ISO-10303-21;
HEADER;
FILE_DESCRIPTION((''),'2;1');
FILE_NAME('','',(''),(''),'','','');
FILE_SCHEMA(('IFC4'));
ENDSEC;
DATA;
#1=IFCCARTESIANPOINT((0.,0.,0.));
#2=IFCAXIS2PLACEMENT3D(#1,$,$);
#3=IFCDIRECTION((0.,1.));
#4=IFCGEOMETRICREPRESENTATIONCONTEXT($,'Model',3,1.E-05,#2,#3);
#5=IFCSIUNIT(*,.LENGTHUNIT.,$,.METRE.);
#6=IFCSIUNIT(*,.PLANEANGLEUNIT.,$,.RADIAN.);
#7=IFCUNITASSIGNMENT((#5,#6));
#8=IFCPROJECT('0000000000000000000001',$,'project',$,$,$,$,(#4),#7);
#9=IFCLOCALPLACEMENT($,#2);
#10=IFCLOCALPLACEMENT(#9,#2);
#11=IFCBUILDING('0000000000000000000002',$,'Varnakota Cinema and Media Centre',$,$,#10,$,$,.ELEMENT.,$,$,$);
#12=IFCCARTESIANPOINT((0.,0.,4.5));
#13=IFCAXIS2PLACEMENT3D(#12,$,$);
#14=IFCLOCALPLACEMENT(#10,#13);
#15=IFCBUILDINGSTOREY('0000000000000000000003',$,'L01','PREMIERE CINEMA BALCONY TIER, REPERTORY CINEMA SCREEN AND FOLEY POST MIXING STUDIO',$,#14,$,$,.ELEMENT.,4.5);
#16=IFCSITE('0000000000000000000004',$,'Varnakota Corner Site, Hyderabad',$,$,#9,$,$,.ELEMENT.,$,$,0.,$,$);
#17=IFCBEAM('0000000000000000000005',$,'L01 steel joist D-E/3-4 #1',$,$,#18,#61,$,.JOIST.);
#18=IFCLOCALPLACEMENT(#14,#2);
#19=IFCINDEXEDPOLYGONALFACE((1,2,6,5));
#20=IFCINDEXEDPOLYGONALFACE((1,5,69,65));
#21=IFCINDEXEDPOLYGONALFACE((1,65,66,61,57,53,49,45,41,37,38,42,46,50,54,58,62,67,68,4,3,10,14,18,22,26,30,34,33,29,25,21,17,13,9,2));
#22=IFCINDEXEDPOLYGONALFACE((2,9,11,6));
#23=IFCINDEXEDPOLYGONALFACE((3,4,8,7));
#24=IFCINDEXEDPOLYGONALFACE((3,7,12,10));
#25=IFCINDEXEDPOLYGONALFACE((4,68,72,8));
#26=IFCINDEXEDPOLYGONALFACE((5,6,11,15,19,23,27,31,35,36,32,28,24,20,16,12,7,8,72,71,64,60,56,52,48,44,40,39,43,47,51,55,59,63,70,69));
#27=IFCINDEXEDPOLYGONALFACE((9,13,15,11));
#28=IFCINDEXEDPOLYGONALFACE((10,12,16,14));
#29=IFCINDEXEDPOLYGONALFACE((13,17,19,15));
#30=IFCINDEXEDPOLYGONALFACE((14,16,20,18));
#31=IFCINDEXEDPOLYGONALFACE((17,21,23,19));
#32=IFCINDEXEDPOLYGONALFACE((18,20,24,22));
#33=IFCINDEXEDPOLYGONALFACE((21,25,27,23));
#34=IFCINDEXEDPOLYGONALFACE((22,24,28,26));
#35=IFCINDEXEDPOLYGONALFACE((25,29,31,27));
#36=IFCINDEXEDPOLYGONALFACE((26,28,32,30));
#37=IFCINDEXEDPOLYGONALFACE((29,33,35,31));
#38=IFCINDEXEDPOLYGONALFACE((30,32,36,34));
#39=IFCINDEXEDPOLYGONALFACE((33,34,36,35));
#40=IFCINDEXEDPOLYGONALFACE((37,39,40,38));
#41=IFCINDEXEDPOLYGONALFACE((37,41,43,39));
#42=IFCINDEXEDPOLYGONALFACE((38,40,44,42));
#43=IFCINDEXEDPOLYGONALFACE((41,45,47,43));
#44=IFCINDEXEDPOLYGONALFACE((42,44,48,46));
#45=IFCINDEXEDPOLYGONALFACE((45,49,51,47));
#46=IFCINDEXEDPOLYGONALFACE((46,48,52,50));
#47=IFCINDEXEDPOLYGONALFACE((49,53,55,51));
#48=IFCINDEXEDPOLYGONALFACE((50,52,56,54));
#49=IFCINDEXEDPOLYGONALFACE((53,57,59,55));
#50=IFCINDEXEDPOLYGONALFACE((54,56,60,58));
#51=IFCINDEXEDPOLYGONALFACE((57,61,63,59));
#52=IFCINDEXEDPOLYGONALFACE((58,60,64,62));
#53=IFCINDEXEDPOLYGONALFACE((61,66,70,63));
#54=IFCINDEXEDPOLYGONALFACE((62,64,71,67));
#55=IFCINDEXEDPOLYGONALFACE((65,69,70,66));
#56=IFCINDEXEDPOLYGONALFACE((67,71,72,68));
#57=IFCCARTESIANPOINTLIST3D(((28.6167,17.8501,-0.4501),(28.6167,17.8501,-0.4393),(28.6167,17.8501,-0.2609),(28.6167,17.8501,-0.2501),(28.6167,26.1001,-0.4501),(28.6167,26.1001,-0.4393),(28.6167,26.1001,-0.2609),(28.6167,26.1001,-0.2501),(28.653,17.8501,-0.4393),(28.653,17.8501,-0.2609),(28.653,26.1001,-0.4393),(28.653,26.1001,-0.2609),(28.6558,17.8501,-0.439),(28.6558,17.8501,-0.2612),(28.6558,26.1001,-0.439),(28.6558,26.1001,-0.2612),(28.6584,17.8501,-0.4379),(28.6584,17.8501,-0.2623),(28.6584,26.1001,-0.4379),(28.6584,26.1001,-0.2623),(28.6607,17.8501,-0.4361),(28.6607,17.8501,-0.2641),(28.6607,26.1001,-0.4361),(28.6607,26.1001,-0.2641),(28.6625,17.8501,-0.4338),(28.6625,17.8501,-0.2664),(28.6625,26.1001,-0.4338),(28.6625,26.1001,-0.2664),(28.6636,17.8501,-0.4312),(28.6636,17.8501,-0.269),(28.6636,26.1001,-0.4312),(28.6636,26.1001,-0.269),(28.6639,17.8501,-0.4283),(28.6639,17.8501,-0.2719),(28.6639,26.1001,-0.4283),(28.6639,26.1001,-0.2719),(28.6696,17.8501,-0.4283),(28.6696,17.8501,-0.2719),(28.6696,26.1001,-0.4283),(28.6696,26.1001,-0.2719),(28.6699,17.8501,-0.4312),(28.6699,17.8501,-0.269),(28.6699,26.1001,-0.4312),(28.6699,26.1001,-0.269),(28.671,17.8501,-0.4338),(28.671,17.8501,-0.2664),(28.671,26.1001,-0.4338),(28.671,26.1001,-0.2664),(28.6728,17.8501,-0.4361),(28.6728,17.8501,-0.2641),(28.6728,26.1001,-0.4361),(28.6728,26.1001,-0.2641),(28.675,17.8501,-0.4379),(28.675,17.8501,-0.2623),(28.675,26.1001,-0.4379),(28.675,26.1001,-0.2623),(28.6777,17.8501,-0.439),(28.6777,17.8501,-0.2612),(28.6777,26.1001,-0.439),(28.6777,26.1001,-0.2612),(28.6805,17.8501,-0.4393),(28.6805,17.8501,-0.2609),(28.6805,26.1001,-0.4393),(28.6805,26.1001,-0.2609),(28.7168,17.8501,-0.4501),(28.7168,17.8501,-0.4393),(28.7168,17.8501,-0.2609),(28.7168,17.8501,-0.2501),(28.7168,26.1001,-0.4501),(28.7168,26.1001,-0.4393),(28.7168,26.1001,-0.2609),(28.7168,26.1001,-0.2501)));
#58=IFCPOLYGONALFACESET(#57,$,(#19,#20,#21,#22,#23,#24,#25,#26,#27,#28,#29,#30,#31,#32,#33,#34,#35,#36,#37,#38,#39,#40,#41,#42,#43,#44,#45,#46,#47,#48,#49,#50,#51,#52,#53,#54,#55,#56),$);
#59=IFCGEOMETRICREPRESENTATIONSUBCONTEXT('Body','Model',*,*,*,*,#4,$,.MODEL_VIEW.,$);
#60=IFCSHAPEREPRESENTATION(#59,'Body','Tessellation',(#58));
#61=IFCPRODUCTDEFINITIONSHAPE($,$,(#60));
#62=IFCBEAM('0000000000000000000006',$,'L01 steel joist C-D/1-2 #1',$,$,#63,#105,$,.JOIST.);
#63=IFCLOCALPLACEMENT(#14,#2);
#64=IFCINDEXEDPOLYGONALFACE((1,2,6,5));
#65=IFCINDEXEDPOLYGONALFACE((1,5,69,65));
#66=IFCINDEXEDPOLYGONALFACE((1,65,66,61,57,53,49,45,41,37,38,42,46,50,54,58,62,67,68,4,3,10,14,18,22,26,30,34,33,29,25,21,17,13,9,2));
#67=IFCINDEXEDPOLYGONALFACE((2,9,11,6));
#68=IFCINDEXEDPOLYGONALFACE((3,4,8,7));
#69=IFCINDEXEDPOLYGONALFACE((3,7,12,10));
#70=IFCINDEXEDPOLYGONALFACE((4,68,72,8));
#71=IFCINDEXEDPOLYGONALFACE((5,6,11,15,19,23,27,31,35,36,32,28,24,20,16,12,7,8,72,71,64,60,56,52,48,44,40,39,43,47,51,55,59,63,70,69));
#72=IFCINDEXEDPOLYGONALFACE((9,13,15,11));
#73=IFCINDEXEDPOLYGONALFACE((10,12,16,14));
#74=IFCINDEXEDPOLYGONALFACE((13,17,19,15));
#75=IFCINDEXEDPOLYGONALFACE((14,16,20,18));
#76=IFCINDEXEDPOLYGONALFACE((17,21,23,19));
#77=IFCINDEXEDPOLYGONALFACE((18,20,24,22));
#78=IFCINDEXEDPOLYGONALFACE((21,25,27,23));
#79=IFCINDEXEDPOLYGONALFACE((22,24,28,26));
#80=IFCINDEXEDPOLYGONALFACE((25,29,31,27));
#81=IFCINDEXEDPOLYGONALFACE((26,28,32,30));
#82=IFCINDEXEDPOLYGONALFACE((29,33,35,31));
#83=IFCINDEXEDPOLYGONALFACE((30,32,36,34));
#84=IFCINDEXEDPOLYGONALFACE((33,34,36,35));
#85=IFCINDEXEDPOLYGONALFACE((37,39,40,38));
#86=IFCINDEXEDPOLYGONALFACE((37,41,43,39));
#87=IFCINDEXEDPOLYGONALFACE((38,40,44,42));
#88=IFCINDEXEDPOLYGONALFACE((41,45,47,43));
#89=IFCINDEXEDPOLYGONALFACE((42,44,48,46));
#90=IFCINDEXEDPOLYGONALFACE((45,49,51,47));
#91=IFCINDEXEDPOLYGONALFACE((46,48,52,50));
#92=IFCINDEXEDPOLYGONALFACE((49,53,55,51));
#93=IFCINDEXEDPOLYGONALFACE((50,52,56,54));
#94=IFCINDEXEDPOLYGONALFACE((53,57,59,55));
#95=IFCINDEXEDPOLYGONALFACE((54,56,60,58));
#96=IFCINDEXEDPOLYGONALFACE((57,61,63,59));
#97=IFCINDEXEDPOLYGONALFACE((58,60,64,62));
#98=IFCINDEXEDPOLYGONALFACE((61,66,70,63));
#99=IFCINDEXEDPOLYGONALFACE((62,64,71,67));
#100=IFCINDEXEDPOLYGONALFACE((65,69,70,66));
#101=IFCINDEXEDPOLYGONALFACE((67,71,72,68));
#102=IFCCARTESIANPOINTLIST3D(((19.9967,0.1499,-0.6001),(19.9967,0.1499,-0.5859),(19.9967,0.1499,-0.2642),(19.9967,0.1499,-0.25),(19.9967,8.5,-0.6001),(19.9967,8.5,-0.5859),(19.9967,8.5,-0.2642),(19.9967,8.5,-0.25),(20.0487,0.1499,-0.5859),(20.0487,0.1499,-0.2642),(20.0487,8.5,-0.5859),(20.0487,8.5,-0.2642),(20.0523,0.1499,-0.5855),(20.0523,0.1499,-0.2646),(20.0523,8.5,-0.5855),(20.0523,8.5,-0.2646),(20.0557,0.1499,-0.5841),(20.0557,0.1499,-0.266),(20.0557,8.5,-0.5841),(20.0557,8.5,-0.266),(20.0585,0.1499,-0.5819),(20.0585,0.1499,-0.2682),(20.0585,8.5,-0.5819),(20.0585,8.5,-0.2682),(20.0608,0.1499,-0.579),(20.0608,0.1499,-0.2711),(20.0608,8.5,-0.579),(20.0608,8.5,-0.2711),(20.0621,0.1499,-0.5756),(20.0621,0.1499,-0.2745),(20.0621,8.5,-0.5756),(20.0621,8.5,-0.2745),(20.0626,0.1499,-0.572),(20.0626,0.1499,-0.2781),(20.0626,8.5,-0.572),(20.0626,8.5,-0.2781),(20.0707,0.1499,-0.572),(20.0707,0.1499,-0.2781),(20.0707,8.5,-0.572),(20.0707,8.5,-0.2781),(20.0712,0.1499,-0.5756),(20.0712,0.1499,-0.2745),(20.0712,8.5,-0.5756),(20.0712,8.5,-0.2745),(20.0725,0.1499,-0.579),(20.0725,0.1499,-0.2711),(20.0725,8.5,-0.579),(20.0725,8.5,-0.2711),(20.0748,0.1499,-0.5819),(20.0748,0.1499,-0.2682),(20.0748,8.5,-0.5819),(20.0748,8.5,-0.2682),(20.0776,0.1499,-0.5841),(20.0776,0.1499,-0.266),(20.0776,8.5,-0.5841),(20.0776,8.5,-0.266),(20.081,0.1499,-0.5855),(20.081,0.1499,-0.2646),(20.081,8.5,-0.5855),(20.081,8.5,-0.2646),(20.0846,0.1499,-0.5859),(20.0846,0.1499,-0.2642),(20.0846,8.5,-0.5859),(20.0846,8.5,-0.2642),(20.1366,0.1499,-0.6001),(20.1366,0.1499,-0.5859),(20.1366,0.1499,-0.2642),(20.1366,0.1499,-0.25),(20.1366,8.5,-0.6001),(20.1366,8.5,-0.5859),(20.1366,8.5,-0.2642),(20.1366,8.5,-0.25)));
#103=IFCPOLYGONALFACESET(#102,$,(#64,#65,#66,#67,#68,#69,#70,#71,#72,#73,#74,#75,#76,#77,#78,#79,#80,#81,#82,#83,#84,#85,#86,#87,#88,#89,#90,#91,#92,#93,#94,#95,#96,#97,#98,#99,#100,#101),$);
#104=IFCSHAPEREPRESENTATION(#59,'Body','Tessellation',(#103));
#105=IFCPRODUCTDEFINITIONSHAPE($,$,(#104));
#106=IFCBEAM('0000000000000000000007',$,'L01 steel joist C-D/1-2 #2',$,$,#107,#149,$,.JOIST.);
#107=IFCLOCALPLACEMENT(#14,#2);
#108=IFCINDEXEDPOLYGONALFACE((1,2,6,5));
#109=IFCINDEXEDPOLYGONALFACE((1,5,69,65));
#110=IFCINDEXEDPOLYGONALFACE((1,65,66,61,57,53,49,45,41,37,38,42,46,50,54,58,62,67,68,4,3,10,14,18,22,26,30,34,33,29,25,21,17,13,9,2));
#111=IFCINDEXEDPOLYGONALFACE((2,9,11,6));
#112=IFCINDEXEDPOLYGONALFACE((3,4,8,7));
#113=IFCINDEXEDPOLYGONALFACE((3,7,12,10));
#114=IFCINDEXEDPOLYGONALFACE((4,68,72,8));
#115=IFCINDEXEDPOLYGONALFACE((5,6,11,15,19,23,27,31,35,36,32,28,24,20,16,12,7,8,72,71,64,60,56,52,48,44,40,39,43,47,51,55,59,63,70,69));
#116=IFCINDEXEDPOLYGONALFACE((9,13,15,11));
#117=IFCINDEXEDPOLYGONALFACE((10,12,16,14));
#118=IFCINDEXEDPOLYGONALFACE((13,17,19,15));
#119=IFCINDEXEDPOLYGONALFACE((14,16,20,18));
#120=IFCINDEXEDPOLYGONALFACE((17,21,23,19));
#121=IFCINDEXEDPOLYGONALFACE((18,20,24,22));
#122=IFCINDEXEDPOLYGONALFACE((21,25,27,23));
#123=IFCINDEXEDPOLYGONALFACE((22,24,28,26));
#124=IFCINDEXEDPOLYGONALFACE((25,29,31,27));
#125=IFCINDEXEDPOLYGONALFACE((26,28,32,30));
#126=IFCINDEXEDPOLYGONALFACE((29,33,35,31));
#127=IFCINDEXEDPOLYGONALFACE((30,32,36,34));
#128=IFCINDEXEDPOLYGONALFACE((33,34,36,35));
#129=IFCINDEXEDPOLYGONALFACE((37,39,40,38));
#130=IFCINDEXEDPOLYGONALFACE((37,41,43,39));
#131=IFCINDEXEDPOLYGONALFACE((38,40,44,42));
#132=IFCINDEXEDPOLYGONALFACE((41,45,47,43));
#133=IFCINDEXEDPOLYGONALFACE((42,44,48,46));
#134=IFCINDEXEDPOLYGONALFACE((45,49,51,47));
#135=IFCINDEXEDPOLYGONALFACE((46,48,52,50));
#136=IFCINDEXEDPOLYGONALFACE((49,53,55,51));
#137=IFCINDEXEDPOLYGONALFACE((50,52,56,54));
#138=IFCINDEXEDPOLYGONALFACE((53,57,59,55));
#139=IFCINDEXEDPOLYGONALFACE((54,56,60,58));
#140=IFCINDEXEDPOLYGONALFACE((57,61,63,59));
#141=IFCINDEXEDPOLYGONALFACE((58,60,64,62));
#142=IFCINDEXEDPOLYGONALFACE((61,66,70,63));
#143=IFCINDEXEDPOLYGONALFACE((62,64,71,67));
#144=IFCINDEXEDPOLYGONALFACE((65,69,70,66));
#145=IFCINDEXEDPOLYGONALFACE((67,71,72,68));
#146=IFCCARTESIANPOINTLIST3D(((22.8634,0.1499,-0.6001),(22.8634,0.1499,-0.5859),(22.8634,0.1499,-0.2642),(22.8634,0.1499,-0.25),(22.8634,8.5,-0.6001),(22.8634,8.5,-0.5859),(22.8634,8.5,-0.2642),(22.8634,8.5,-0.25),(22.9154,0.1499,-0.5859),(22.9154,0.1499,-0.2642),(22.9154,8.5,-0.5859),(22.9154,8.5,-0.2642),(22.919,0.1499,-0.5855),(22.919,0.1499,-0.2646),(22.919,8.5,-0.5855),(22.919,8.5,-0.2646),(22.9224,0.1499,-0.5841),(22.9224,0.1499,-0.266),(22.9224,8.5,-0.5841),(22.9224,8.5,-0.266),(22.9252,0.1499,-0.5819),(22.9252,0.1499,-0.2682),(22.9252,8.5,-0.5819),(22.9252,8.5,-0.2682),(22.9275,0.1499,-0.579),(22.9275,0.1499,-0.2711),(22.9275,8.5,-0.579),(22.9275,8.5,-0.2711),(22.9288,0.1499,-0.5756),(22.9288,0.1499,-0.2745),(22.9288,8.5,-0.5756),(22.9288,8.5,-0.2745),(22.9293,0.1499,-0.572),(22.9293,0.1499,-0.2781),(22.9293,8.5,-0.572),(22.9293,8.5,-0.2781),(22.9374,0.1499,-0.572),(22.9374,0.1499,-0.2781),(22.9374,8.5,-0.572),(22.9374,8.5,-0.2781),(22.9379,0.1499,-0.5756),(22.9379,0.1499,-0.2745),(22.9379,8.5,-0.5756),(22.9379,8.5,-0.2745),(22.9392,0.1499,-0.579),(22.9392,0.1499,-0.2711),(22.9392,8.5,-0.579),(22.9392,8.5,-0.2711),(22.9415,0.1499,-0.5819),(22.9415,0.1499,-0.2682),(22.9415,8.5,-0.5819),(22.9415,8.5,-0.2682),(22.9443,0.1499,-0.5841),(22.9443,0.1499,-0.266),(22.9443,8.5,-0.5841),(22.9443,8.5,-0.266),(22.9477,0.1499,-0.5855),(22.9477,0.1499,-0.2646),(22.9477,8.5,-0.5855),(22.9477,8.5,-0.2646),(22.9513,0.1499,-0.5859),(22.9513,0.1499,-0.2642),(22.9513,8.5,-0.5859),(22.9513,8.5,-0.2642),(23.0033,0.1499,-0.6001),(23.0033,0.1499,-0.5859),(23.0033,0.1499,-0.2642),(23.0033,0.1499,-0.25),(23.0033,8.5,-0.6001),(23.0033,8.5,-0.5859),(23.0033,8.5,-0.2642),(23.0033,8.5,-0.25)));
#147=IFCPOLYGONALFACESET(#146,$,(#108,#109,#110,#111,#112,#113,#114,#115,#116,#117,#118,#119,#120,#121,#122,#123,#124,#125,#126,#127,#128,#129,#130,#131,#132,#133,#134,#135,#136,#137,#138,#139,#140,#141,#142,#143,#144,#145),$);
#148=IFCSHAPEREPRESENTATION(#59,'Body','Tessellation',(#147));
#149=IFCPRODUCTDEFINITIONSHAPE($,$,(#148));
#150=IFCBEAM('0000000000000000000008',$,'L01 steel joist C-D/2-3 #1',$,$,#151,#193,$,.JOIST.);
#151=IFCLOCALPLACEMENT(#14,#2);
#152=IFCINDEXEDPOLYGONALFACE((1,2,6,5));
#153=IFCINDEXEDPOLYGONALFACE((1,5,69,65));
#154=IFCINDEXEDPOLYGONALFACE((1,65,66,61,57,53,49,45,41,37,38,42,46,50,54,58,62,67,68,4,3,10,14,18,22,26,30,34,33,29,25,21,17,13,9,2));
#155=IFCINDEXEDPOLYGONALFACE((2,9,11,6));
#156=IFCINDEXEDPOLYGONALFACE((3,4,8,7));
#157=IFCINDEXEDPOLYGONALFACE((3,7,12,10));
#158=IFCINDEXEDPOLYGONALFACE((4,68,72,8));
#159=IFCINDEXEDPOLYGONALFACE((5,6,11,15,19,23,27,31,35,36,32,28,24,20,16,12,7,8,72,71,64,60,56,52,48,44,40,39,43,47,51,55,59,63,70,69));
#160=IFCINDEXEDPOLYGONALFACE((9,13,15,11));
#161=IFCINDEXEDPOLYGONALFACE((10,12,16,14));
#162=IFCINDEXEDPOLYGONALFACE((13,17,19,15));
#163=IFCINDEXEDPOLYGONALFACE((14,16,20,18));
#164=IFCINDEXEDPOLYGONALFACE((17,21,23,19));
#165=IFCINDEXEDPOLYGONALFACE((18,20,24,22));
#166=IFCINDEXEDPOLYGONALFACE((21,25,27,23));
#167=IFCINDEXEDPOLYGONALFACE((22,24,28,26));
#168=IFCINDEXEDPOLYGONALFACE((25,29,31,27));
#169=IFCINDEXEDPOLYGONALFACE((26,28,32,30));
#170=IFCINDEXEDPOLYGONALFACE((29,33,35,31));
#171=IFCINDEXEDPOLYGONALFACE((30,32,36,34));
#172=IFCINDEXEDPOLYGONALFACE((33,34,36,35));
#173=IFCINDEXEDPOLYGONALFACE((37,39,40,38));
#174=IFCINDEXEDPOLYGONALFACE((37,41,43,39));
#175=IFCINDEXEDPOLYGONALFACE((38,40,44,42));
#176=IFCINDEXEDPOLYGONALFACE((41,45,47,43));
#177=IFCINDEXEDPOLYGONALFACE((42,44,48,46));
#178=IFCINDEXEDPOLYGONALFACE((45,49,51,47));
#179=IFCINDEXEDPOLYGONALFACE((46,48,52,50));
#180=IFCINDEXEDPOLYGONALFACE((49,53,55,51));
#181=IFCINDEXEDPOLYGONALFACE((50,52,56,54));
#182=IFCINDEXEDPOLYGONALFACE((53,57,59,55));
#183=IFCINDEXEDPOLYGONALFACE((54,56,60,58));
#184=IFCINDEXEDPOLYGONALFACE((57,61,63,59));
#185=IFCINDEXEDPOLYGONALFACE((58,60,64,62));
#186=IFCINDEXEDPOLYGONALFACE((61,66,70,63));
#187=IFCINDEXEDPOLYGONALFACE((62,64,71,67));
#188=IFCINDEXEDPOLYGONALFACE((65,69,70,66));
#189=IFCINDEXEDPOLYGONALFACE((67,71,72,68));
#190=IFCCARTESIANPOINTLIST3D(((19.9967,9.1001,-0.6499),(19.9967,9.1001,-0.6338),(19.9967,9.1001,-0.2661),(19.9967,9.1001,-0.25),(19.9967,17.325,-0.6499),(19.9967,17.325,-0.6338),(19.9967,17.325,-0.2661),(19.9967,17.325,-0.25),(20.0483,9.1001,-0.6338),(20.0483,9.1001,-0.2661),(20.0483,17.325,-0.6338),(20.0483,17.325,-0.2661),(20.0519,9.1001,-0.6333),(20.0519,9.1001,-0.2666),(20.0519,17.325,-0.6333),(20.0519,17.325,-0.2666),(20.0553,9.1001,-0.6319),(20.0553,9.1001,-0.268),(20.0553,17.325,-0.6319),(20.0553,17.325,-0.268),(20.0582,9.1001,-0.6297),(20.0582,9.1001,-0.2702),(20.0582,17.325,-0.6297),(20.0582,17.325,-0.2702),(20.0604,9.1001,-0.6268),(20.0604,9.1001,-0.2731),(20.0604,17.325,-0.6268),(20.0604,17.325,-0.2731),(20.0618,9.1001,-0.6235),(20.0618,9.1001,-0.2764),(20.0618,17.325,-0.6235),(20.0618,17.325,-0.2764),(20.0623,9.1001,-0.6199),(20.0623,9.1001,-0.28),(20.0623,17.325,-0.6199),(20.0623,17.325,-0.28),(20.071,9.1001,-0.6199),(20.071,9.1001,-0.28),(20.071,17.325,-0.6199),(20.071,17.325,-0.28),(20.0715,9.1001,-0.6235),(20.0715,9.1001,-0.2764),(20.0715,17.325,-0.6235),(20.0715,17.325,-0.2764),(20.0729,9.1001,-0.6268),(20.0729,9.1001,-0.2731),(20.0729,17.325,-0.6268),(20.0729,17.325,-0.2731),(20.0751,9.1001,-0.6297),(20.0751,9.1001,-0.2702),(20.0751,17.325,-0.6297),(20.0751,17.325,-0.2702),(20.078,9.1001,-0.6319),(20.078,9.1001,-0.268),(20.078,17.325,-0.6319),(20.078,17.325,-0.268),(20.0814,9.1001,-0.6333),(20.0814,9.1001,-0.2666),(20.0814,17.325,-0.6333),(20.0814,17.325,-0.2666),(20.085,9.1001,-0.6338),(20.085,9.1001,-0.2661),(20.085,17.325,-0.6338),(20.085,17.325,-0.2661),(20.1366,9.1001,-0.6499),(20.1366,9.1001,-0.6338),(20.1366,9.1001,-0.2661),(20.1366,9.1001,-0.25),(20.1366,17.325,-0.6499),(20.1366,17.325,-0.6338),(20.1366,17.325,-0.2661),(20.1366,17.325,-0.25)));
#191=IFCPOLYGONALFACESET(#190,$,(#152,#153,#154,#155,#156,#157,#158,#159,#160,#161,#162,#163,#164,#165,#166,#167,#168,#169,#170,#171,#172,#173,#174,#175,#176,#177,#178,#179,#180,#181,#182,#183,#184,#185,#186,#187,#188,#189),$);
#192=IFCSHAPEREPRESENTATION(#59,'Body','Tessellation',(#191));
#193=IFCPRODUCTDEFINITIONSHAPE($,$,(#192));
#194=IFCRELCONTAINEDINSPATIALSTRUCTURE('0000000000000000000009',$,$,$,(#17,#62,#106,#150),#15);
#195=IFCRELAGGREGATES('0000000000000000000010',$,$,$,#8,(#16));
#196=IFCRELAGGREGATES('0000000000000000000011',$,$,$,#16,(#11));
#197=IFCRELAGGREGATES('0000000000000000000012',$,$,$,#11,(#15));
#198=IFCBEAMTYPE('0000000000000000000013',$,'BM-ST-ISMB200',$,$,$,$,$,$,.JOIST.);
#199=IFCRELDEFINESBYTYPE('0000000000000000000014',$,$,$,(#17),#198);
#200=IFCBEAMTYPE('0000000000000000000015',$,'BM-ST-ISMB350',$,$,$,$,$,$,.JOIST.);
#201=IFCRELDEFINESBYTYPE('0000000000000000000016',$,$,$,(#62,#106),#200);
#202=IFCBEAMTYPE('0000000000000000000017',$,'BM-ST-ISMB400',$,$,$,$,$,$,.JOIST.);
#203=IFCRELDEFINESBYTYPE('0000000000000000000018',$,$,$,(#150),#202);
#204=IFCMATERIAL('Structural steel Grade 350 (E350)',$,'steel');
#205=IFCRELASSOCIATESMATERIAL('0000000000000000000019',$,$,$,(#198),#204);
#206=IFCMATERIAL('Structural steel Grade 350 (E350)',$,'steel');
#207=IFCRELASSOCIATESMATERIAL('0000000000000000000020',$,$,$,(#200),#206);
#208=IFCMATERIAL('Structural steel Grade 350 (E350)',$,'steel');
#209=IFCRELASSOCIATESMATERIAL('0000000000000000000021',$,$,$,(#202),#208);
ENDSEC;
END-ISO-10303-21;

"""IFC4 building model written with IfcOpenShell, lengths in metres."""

from ifc_helpers import new_model, si_unit, direction, frame, origin, origin_2d, place, context, subcontext, project, spatial, i_section, extrude, material, material_profile, profile_set, type_object, element, save


model = new_model("IFC4")

# Units and contexts
model_context = context("Model", 3, precision=1e-05, world=origin(), true_north=direction((0.0, 1.0)))
body_context = subcontext(model_context, "Body", "Model", "MODEL_VIEW")
ifc_project = project(units=[si_unit("LENGTHUNIT", "METRE"), si_unit("PLANEANGLEUNIT", "RADIAN")], contexts=[model_context])

# Site, building, storey
site_placement = place(None, origin())
site = spatial("IfcSite", under=ifc_project, at=site_placement, Name="Varnakota Corner Site, Hyderabad", CompositionType="ELEMENT", RefElevation=0.0)
building_placement = place(site_placement, origin())
building = spatial("IfcBuilding", under=site, at=building_placement, Name="Varnakota Cinema and Media Centre", CompositionType="ELEMENT")
storey_placement = place(building_placement, frame((0.0, 0.0, 4.5)))
storey = spatial("IfcBuildingStorey", under=building, at=storey_placement, Name="L01", Description="PREMIERE CINEMA BALCONY TIER, REPERTORY CINEMA SCREEN AND FOLEY POST MIXING STUDIO", CompositionType="ELEMENT", Elevation=4.5)

# Beams
ifc_material_1 = material(Name="Structural steel Grade 350 (E350)", Category="steel")
ifc_material_profile_1 = material_profile(ifc_material_1, i_section(OverallWidth=0.1001, OverallDepth=0.2, WebThickness=0.0056, FlangeThickness=0.0107, FilletRadius=0.011, at=origin_2d()), Name="ISMB 200")
ifc_profile_set_1 = profile_set([ifc_material_profile_1], Name="Structural steel Grade 350 (E350)")
beam_type_1 = type_object("IfcBeamType", Name="BM-ST-ISMB200", PredefinedType="JOIST", material=ifc_profile_set_1)
beam_1_placement = place(storey_placement, frame((28.6667, 17.8501, -0.3501), z_axis=(0.0, 1.0, 0.0), x_axis=(-1.0, 0.0, 0.0)))
element("IfcBeam", 1, at=beam_1_placement, inside=storey, type_object=beam_type_1, Name="L01 steel joist D-E/3-4 #1", PredefinedType="JOIST", context=body_context, shape_type="SweptSolid", body=[
    extrude(i_section(OverallWidth=0.1001, OverallDepth=0.2, WebThickness=0.0056, FlangeThickness=0.0107, FilletRadius=0.011, at=origin_2d()), origin(), (0.0, 0.0, 1.0), 8.25),
])
ifc_material_2 = material(Name="Structural steel Grade 350 (E350)", Category="steel")
ifc_material_profile_2 = material_profile(ifc_material_2, i_section(OverallWidth=0.1399, OverallDepth=0.3501, WebThickness=0.0081, FlangeThickness=0.0142, FilletRadius=0.0139, at=origin_2d()), Name="ISMB 350")
ifc_profile_set_2 = profile_set([ifc_material_profile_2], Name="Structural steel Grade 350 (E350)")
beam_type_2 = type_object("IfcBeamType", Name="BM-ST-ISMB350", PredefinedType="JOIST", material=ifc_profile_set_2)
for number, where, z_axis, x_axis, name in (
    (2, (20.0667, 0.1499, -0.425), (0.0, 1.0, 0.0), (-1.0, 0.0, 0.0), "L01 steel joist C-D/1-2 #1"),
    (3, (22.9333, 0.1499, -0.425), (0.0, 1.0, 0.0), (-1.0, 0.0, 0.0), "L01 steel joist C-D/1-2 #2"),
):
    element("IfcBeam", number, at=place(storey_placement, frame(where, z_axis=z_axis, x_axis=x_axis)), inside=storey, type_object=beam_type_2, Name=name, PredefinedType="JOIST", context=body_context, shape_type="SweptSolid", body=[
        extrude(i_section(OverallWidth=0.1399, OverallDepth=0.3501, WebThickness=0.0081, FlangeThickness=0.0142, FilletRadius=0.0139, at=origin_2d()), origin(), (0.0, 0.0, 1.0), 8.3501),
    ])
ifc_material_3 = material(Name="Structural steel Grade 350 (E350)", Category="steel")
ifc_material_profile_3 = material_profile(ifc_material_3, i_section(OverallWidth=0.1399, OverallDepth=0.3999, WebThickness=0.0088, FlangeThickness=0.0161, FilletRadius=0.0139, at=origin_2d()), Name="ISMB 400")
ifc_profile_set_3 = profile_set([ifc_material_profile_3], Name="Structural steel Grade 350 (E350)")
beam_type_3 = type_object("IfcBeamType", Name="BM-ST-ISMB400", PredefinedType="JOIST", material=ifc_profile_set_3)
for number, where, z_axis, x_axis, name in (
    (4, (20.0667, 9.1001, -0.45), (0.0, 1.0, 0.0), (-1.0, 0.0, 0.0), "L01 steel joist C-D/2-3 #1"),
):
    element("IfcBeam", number, at=place(storey_placement, frame(where, z_axis=z_axis, x_axis=x_axis)), inside=storey, type_object=beam_type_3, Name=name, PredefinedType="JOIST", context=body_context, shape_type="SweptSolid", body=[
        extrude(i_section(OverallWidth=0.1399, OverallDepth=0.3999, WebThickness=0.0088, FlangeThickness=0.0161, FilletRadius=0.0139, at=origin_2d()), origin(), (0.0, 0.0, 1.0), 8.2249),
    ])

save(model, "model.ifc")
